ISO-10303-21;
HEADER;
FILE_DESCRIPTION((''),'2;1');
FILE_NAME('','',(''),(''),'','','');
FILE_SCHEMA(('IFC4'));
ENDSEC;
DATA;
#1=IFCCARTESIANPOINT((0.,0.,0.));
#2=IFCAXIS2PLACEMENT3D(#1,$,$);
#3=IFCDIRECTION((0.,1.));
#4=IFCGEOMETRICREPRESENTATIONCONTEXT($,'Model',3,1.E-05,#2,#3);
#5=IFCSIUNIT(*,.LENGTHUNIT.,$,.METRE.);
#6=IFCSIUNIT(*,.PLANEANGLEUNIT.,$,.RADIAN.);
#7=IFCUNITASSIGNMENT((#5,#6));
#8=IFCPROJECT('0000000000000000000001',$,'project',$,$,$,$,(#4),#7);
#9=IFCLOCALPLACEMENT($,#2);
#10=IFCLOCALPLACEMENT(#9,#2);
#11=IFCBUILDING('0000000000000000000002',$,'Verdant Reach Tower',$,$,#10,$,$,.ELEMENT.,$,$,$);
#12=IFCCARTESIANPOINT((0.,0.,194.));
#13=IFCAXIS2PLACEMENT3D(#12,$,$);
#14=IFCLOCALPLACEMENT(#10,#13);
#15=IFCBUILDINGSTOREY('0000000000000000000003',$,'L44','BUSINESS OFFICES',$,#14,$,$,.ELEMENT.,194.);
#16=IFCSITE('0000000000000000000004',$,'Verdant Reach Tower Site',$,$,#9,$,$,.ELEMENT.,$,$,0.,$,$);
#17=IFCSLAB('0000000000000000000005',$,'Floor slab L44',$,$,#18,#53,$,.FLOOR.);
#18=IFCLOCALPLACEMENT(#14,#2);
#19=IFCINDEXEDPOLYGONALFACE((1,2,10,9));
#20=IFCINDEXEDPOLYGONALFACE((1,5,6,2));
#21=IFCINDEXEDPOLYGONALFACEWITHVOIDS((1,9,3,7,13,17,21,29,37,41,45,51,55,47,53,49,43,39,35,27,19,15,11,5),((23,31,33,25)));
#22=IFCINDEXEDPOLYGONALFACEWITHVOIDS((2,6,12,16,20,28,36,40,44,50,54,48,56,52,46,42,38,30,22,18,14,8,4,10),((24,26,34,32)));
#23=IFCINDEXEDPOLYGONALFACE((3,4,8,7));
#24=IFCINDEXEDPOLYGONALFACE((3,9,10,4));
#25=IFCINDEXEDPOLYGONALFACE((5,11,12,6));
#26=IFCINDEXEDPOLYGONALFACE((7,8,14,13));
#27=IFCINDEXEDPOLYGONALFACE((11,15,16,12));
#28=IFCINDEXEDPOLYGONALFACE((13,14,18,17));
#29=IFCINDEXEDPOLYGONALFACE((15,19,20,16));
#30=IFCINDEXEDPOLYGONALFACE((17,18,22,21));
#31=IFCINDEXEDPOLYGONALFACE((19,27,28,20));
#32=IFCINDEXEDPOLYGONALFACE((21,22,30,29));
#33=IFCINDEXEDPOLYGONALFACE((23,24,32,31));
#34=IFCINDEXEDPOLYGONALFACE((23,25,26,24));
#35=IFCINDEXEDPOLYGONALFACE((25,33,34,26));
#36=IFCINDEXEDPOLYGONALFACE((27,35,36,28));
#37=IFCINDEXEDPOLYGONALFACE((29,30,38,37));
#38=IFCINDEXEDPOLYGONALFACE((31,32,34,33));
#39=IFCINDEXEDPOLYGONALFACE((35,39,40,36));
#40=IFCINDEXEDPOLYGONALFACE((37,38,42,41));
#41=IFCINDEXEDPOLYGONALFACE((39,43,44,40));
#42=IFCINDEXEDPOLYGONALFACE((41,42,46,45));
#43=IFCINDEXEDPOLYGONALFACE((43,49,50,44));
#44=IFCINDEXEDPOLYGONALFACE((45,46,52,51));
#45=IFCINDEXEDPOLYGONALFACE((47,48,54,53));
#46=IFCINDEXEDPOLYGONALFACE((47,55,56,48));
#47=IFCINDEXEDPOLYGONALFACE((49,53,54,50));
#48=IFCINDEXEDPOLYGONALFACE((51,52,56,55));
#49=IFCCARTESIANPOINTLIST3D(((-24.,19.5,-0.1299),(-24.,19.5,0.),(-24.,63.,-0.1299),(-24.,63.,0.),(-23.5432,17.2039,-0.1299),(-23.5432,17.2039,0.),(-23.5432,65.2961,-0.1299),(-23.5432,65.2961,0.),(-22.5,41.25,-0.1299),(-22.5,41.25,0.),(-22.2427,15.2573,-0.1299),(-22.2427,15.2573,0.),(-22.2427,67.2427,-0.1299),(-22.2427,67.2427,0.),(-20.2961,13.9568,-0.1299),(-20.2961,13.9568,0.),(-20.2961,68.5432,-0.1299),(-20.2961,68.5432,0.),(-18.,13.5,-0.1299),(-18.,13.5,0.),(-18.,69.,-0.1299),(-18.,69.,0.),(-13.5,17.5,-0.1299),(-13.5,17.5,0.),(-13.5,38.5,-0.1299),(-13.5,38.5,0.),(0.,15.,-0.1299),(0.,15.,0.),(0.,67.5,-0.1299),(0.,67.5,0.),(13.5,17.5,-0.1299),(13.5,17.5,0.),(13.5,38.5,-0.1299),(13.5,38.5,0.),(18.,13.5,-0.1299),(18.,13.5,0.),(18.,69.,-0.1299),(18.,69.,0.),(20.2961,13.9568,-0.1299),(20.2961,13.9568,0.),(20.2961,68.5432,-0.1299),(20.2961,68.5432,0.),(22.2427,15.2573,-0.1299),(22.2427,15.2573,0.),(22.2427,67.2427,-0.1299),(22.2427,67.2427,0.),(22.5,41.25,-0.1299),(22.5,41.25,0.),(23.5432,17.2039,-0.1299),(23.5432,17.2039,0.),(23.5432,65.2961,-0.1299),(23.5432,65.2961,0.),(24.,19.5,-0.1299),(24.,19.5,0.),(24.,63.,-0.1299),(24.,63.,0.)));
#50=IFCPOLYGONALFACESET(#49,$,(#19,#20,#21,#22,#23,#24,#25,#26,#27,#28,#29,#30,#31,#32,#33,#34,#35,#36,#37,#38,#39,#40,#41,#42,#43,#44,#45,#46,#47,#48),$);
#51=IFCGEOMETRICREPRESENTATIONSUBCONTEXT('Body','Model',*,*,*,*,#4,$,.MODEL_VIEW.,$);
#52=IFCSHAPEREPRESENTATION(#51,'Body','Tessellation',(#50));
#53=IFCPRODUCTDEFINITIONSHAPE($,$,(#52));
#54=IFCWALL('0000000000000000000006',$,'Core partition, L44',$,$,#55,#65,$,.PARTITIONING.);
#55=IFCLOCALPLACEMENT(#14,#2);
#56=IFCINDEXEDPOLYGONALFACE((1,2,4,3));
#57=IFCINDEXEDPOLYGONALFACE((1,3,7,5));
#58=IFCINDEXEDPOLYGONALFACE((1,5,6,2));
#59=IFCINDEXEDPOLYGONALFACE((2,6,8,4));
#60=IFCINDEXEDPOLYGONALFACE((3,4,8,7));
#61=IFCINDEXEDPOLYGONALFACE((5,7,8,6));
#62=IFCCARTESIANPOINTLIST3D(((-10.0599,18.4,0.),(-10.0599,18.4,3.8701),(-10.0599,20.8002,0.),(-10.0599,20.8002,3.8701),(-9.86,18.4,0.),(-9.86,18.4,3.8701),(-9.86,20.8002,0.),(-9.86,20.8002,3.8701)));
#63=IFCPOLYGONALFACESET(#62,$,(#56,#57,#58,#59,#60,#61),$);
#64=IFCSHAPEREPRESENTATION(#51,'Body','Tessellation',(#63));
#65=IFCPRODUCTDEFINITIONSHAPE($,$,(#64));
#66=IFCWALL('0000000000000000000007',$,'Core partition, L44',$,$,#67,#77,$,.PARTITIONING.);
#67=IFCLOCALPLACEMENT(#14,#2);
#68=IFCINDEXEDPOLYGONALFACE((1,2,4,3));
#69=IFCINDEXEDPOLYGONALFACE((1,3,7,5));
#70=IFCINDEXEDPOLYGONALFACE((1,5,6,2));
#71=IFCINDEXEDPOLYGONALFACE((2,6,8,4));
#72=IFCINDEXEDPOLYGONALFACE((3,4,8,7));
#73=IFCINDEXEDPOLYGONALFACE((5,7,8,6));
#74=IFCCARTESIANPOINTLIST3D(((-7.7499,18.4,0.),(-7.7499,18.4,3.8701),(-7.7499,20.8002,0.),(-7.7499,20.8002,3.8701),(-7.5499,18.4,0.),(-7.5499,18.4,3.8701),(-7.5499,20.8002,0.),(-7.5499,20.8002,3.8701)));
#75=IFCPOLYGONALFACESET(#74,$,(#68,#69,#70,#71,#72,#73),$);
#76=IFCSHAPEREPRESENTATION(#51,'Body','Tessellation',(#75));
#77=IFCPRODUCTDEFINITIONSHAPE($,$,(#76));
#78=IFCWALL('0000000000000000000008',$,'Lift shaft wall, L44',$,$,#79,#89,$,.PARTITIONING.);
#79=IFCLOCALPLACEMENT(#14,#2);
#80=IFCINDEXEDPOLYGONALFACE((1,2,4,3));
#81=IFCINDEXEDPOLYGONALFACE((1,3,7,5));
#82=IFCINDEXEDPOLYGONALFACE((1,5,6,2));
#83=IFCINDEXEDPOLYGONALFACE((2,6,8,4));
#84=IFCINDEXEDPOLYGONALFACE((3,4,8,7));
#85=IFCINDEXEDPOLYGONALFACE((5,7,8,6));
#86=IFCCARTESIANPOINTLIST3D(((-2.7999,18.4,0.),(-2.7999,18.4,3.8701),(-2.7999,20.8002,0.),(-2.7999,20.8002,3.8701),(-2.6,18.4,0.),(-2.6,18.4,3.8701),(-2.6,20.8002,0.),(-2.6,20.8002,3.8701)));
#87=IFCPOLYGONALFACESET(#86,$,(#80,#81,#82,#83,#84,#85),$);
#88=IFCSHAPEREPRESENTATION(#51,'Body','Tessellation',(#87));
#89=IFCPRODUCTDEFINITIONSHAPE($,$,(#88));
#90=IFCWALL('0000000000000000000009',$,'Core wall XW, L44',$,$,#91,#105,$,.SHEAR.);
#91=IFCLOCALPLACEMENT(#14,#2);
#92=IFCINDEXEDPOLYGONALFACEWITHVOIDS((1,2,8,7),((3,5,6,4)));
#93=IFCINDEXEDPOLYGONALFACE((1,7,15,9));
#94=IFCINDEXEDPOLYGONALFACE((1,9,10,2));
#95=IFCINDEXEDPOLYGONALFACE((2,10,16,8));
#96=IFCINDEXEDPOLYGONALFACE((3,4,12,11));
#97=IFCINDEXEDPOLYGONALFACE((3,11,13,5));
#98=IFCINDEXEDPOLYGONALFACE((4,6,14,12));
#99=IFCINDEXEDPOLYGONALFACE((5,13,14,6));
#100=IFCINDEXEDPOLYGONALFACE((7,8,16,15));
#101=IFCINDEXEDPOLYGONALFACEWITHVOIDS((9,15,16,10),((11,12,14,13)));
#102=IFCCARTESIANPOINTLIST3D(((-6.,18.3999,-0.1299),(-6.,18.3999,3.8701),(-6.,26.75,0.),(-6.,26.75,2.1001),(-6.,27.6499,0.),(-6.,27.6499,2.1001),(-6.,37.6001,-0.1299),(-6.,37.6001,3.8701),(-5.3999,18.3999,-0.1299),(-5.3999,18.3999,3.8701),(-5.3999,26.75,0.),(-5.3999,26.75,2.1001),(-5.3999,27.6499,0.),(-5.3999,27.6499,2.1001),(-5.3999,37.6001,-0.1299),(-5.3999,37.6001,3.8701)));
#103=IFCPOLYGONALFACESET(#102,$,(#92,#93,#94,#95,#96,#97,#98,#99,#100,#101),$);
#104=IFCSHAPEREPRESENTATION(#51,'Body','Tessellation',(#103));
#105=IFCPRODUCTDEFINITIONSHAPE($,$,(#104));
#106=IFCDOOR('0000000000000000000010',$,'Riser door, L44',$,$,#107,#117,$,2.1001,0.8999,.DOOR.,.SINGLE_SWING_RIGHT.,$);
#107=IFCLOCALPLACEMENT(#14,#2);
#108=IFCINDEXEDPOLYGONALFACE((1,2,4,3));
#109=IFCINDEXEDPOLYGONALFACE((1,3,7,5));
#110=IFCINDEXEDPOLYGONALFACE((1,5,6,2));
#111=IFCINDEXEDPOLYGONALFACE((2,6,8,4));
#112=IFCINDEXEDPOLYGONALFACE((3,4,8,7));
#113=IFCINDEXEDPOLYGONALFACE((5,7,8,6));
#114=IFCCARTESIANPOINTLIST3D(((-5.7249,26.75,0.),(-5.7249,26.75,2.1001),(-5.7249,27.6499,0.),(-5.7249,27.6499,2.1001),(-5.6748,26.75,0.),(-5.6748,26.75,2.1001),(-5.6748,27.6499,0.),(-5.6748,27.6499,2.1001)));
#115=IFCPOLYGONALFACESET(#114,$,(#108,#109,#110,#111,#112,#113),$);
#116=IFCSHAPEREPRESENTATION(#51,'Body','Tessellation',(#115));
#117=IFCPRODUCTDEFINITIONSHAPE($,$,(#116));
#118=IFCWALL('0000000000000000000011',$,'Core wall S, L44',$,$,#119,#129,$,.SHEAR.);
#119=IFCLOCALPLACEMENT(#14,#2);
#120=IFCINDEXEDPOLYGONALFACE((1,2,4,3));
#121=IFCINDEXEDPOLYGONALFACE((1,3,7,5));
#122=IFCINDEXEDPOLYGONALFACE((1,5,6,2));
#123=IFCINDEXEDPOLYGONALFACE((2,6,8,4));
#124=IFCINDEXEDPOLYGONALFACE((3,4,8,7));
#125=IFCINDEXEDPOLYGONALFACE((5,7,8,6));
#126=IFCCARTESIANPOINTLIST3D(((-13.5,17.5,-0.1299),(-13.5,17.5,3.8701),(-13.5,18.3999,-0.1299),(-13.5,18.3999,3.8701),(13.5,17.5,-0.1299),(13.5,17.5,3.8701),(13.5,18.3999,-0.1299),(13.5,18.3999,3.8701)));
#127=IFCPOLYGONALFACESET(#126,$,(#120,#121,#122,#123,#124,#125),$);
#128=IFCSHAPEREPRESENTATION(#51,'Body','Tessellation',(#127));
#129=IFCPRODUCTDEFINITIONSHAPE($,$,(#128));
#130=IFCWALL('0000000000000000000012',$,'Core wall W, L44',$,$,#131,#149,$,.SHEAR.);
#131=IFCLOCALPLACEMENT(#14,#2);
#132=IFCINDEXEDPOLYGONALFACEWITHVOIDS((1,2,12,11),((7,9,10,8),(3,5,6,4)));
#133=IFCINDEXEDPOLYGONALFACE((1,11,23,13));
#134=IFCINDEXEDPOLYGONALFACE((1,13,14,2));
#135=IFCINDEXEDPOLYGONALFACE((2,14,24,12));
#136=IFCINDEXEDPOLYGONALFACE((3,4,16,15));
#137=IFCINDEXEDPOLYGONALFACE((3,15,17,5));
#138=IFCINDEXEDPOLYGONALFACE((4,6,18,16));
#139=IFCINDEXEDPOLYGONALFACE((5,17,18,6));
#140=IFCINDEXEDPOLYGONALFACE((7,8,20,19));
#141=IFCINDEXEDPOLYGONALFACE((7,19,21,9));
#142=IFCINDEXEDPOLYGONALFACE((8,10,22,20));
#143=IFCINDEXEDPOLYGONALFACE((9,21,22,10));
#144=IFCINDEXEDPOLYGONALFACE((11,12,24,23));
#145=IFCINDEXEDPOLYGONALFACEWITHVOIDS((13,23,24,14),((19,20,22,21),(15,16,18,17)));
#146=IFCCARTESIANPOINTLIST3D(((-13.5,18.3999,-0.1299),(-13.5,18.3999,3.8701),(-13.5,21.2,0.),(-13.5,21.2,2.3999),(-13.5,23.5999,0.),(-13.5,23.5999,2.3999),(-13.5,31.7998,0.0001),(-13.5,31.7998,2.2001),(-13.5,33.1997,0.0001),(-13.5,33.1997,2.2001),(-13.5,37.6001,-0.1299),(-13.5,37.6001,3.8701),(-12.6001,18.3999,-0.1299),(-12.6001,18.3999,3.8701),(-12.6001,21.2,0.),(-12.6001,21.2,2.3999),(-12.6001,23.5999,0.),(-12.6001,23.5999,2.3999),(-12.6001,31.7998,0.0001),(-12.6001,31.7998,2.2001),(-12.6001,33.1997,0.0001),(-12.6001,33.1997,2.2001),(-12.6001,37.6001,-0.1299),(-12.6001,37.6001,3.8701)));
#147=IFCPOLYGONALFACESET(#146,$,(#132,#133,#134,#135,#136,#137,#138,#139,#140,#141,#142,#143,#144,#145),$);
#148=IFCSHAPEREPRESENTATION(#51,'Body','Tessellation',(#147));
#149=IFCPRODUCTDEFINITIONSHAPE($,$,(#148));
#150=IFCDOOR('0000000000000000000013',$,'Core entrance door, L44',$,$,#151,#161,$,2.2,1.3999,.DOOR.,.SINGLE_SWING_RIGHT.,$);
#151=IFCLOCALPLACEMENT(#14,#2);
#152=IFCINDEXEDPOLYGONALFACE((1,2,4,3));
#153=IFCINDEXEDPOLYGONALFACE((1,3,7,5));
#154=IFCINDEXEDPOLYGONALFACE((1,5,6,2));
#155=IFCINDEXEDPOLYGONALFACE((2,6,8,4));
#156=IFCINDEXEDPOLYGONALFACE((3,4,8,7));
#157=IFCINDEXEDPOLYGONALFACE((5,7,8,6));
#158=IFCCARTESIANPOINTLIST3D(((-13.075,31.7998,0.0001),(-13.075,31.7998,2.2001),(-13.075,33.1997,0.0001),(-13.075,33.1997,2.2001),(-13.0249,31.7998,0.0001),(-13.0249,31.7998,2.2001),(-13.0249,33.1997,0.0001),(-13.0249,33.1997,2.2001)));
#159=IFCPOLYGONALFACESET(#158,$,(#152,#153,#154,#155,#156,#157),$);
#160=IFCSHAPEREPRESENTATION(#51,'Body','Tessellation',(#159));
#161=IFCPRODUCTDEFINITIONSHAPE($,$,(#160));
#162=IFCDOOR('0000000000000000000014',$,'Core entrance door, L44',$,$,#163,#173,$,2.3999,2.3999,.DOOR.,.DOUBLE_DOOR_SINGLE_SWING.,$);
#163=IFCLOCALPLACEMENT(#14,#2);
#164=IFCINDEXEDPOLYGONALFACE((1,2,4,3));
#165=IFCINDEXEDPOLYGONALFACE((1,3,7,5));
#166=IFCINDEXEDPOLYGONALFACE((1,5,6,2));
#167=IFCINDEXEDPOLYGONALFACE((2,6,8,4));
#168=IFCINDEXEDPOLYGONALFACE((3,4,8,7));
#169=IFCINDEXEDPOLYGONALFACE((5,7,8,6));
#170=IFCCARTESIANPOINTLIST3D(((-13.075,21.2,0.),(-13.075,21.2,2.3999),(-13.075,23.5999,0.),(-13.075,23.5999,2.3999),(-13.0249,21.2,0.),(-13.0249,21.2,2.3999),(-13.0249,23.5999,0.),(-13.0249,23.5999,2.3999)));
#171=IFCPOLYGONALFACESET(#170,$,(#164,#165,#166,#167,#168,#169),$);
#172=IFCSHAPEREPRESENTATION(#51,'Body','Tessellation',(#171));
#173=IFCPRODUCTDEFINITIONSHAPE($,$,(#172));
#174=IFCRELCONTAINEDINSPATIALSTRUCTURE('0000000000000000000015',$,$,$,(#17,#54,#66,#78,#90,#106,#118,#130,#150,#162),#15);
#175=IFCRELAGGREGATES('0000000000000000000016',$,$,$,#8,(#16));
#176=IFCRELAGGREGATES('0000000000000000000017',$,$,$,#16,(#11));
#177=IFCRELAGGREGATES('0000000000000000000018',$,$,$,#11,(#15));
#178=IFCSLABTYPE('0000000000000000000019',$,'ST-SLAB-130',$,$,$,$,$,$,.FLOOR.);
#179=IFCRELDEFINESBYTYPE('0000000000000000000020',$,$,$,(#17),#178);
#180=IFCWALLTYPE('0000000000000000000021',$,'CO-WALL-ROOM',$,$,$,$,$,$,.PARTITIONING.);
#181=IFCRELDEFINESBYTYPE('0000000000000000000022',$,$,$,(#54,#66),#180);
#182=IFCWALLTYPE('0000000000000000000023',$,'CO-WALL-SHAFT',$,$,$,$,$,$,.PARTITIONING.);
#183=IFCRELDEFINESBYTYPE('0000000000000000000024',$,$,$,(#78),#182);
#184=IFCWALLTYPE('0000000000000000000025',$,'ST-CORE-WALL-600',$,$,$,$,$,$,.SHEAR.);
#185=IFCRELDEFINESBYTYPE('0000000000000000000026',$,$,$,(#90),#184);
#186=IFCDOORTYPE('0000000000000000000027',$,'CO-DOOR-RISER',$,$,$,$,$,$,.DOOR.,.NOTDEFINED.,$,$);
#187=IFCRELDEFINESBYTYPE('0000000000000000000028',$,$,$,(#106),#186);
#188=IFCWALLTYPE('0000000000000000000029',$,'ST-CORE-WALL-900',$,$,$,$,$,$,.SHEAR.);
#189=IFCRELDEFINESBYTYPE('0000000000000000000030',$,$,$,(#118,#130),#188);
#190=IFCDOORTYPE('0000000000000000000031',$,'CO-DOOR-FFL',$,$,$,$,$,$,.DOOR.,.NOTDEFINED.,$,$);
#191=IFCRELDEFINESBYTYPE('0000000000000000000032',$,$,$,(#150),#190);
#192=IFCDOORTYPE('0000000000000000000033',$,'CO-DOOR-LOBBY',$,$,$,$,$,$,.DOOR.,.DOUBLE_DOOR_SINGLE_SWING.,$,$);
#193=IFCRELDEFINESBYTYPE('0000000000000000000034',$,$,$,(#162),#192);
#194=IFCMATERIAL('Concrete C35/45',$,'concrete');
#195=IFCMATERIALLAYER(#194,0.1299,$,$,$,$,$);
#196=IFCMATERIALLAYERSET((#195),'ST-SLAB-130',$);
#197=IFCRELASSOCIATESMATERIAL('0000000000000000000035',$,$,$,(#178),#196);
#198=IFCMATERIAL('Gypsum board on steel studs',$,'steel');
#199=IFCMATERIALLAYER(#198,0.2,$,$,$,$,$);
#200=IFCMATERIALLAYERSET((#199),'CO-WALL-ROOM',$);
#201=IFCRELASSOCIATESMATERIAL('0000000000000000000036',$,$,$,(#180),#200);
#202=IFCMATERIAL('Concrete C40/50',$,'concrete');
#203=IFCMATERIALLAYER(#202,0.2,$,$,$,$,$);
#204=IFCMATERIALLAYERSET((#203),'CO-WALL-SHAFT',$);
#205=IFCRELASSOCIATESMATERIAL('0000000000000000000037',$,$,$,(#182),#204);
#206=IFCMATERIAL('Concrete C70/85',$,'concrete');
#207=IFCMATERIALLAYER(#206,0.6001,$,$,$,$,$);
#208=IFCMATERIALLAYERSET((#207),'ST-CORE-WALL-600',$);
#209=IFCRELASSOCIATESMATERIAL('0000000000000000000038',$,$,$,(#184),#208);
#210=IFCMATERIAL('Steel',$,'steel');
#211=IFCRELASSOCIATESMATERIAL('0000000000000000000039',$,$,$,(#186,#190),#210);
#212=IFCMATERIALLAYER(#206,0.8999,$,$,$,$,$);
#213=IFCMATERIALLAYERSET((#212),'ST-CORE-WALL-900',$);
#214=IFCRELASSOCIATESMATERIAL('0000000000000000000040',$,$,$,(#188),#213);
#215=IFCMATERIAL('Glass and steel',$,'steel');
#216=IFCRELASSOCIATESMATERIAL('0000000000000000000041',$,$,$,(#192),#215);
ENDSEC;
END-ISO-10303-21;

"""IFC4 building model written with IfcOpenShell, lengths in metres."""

from ifc_helpers import new_model, si_unit, direction, frame, frame_2d, origin, place, context, subcontext, project, spatial, polyline, rectangle, outline, extrude, material, layer, layer_set, type_object, element, fill, save


model = new_model("IFC4")

# Units and contexts
model_context = context("Model", 3, precision=1e-05, world=origin(), true_north=direction((0.0, 1.0)))
body_context = subcontext(model_context, "Body", "Model", "MODEL_VIEW")
ifc_project = project(units=[si_unit("LENGTHUNIT", "METRE"), si_unit("PLANEANGLEUNIT", "RADIAN")], contexts=[model_context])

# Site, building, storey
site_placement = place(None, origin())
site = spatial("IfcSite", under=ifc_project, at=site_placement, Name="Verdant Reach Tower Site", CompositionType="ELEMENT", RefElevation=0.0)
building_placement = place(site_placement, origin())
building = spatial("IfcBuilding", under=site, at=building_placement, Name="Verdant Reach Tower", CompositionType="ELEMENT")
storey_placement = place(building_placement, frame((0.0, 0.0, 194.0)))
storey = spatial("IfcBuildingStorey", under=building, at=storey_placement, Name="L44", Description="BUSINESS OFFICES", CompositionType="ELEMENT", Elevation=194.0)

# Slab
ifc_material_1 = material(Name="Concrete C35/45", Category="concrete")
ifc_layer_1 = layer(ifc_material_1, 0.1299)
ifc_layer_set_1 = layer_set([ifc_layer_1], Name="ST-SLAB-130")
slab_type = type_object("IfcSlabType", Name="ST-SLAB-130", PredefinedType="FLOOR", material=ifc_layer_set_1)
slab_placement = place(storey_placement, frame((0.0, 0.0, -0.1299)))
element("IfcSlab", 1, at=slab_placement, inside=storey, type_object=slab_type, Name="Floor slab L44", PredefinedType="FLOOR", context=body_context, shape_type="SweptSolid", body=[
    extrude(outline(polyline([(0.0, 15.0), (-18.0, 13.5), (-20.2961, 13.9568), (-22.2427, 15.2573), (-23.5432, 17.2039), (-24.0, 19.5), (-22.5, 41.25), (-24.0, 63.0), (-23.5432, 65.2961), (-22.2427, 67.2427), (-20.2961, 68.5432), (-18.0, 69.0), (0.0, 67.5), (18.0, 69.0), (20.2961, 68.5432), (22.2427, 67.2427), (23.5432, 65.2961), (24.0, 63.0), (22.5, 41.25), (24.0, 19.5), (23.5432, 17.2039), (22.2427, 15.2573), (20.2961, 13.9568), (18.0, 13.5), (0.0, 15.0)]), holes=[polyline([(13.5, 38.5), (-13.5, 38.5), (-13.5, 17.5), (13.5, 17.5), (13.5, 38.5)])]), origin(), (0.0, 0.0, 1.0), 0.1299),
])

# Walls
ifc_material_2 = material(Name="Gypsum board on steel studs", Category="steel")
ifc_layer_2 = layer(ifc_material_2, 0.2)
ifc_layer_set_2 = layer_set([ifc_layer_2], Name="CO-WALL-ROOM")
wall_type_1 = type_object("IfcWallType", Name="CO-WALL-ROOM", PredefinedType="PARTITIONING", material=ifc_layer_set_2)
for number, where, z_axis, x_axis, name in (
    (2, (-9.96, 18.3999, 0.0), (0.0, 0.0, 1.0), (0.0, 1.0, 0.0), "Core partition, L44"),
    (3, (-7.6499, 18.3999, 0.0), (0.0, 0.0, 1.0), (0.0, 1.0, 0.0), "Core partition, L44"),
):
    element("IfcWall", number, at=place(storey_placement, frame(where, z_axis=z_axis, x_axis=x_axis)), inside=storey, type_object=wall_type_1, Name=name, PredefinedType="PARTITIONING", context=body_context, shape_type="SweptSolid", body=[
        extrude(rectangle(XDim=2.4001, YDim=0.2, at=frame_2d((1.2002, 0.0))), origin(), (0.0, 0.0, 1.0), 3.8701),
    ])
ifc_material_3 = material(Name="Concrete C40/50", Category="concrete")
ifc_layer_3 = layer(ifc_material_3, 0.2)
ifc_layer_set_3 = layer_set([ifc_layer_3], Name="CO-WALL-SHAFT")
wall_type_2 = type_object("IfcWallType", Name="CO-WALL-SHAFT", PredefinedType="PARTITIONING", material=ifc_layer_set_3)
wall_1_placement = place(storey_placement, frame((-2.7, 18.3999, 0.0), z_axis=(0.0, 0.0, 1.0), x_axis=(0.0, 1.0, 0.0)))
element("IfcWall", 4, at=wall_1_placement, inside=storey, type_object=wall_type_2, Name="Lift shaft wall, L44", PredefinedType="PARTITIONING", context=body_context, shape_type="SweptSolid", body=[
    extrude(rectangle(XDim=2.4001, YDim=0.2, at=frame_2d((1.2002, 0.0))), origin(), (0.0, 0.0, 1.0), 3.8701),
])

# Wall, opening, door
ifc_material_4 = material(Name="Concrete C70/85", Category="concrete")
ifc_layer_4 = layer(ifc_material_4, 0.6001)
ifc_layer_set_4 = layer_set([ifc_layer_4], Name="ST-CORE-WALL-600")
wall_type_3 = type_object("IfcWallType", Name="ST-CORE-WALL-600", PredefinedType="SHEAR", material=ifc_layer_set_4)
wall_2_placement = place(storey_placement, frame((-5.7, 18.3999, -0.1299), z_axis=(0.0, 0.0, 1.0), x_axis=(0.0, 1.0, 0.0)))
wall_2 = element("IfcWall", 5, at=wall_2_placement, inside=storey, type_object=wall_type_3, Name="Core wall XW, L44", PredefinedType="SHEAR", context=body_context, shape_type="SweptSolid", body=[
    extrude(rectangle(XDim=19.2002, YDim=0.6001, at=frame_2d((9.6001, 0.0))), origin(), (0.0, 0.0, 1.0), 4.0),
])
opening_1_placement = place(wall_2_placement, frame((8.3501, 0.0, 0.1299)))
opening_1 = element("IfcOpeningElement", 6, at=opening_1_placement, cuts=wall_2, PredefinedType="OPENING", context=body_context, shape_type="SweptSolid", body=[
    extrude(rectangle(XDim=0.8999, YDim=2.1001, at=frame_2d((0.45, 1.05))), frame((0.0, 0.3101, 0.0), z_axis=(0.0, -1.0, 0.0), x_axis=(1.0, 0.0, 0.0)), (0.0, 0.0, 1.0), 0.6201),
])
ifc_material_5 = material(Name="Steel", Category="steel")
door_type_1 = type_object("IfcDoorType", Name="CO-DOOR-RISER", OperationType="NOTDEFINED", PredefinedType="DOOR", material=ifc_material_5)
door_1_placement = place(opening_1_placement, origin())
door_1 = element("IfcDoor", 7, at=door_1_placement, inside=storey, type_object=door_type_1, Name="Riser door, L44", OperationType="SINGLE_SWING_RIGHT", OverallHeight=2.1001, OverallWidth=0.8999, PredefinedType="DOOR", context=body_context, shape_type="SweptSolid", body=[
    extrude(rectangle(XDim=0.8999, YDim=2.1001, at=frame_2d((0.45, 1.05))), frame((0.0, 0.0249, 0.0), z_axis=(0.0, -1.0, 0.0), x_axis=(1.0, 0.0, 0.0)), (0.0, 0.0, 1.0), 0.05),
])
fill(opening_1, door_1)

# Wall
ifc_layer_5 = layer(ifc_material_4, 0.8999)
ifc_layer_set_5 = layer_set([ifc_layer_5], Name="ST-CORE-WALL-900")
wall_type_4 = type_object("IfcWallType", Name="ST-CORE-WALL-900", PredefinedType="SHEAR", material=ifc_layer_set_5)
wall_3_placement = place(storey_placement, frame((-13.5, 17.95, -0.1299), z_axis=(0.0, 0.0, 1.0), x_axis=(1.0, 0.0, 0.0)))
element("IfcWall", 8, at=wall_3_placement, inside=storey, type_object=wall_type_4, Name="Core wall S, L44", PredefinedType="SHEAR", context=body_context, shape_type="SweptSolid", body=[
    extrude(rectangle(XDim=27.0, YDim=0.8999, at=frame_2d((13.5, 0.0))), origin(), (0.0, 0.0, 1.0), 4.0),
])

# Wall, openings, doors
wall_4_placement = place(storey_placement, frame((-13.05, 18.3999, -0.1299), z_axis=(0.0, 0.0, 1.0), x_axis=(0.0, 1.0, 0.0)))
wall_4 = element("IfcWall", 9, at=wall_4_placement, inside=storey, type_object=wall_type_4, Name="Core wall W, L44", PredefinedType="SHEAR", context=body_context, shape_type="SweptSolid", body=[
    extrude(rectangle(XDim=19.2002, YDim=0.8999, at=frame_2d((9.6001, 0.0))), origin(), (0.0, 0.0, 1.0), 4.0),
])
opening_2_placement = place(wall_4_placement, frame((2.8, 0.0, 0.1299)))
opening_2 = element("IfcOpeningElement", 10, at=opening_2_placement, cuts=wall_4, PredefinedType="OPENING", context=body_context, shape_type="SweptSolid", body=[
    extrude(rectangle(XDim=2.3999, YDim=2.3999, at=frame_2d((1.2, 1.2))), frame((0.0, 0.46, 0.0), z_axis=(0.0, -1.0, 0.0), x_axis=(1.0, 0.0, 0.0)), (0.0, 0.0, 1.0), 0.9199),
])
opening_3_placement = place(wall_4_placement, frame((13.3999, 0.0, 0.1299)))
opening_3 = element("IfcOpeningElement", 11, at=opening_3_placement, cuts=wall_4, PredefinedType="OPENING", context=body_context, shape_type="SweptSolid", body=[
    extrude(rectangle(XDim=1.3999, YDim=2.2, at=frame_2d((0.7, 1.1001))), frame((0.0, 0.46, 0.0), z_axis=(0.0, -1.0, 0.0), x_axis=(1.0, 0.0, 0.0)), (0.0, 0.0, 1.0), 0.9199),
])
door_type_2 = type_object("IfcDoorType", Name="CO-DOOR-FFL", OperationType="NOTDEFINED", PredefinedType="DOOR", material=ifc_material_5)
door_2_placement = place(opening_3_placement, origin())
door_2 = element("IfcDoor", 12, at=door_2_placement, inside=storey, type_object=door_type_2, Name="Core entrance door, L44", OperationType="SINGLE_SWING_RIGHT", OverallHeight=2.2, OverallWidth=1.3999, PredefinedType="DOOR", context=body_context, shape_type="SweptSolid", body=[
    extrude(rectangle(XDim=1.3999, YDim=2.2, at=frame_2d((0.7, 1.1001))), frame((0.0, 0.0249, 0.0), z_axis=(0.0, -1.0, 0.0), x_axis=(1.0, 0.0, 0.0)), (0.0, 0.0, 1.0), 0.05),
])
fill(opening_3, door_2)
ifc_material_6 = material(Name="Glass and steel", Category="steel")
door_type_3 = type_object("IfcDoorType", Name="CO-DOOR-LOBBY", OperationType="DOUBLE_DOOR_SINGLE_SWING", PredefinedType="DOOR", material=ifc_material_6)
door_3_placement = place(opening_2_placement, origin())
door_3 = element("IfcDoor", 13, at=door_3_placement, inside=storey, type_object=door_type_3, Name="Core entrance door, L44", OperationType="DOUBLE_DOOR_SINGLE_SWING", OverallHeight=2.3999, OverallWidth=2.3999, PredefinedType="DOOR", context=body_context, shape_type="SweptSolid", body=[
    extrude(rectangle(XDim=2.3999, YDim=2.3999, at=frame_2d((1.2, 1.2))), frame((0.0, 0.0249, 0.0), z_axis=(0.0, -1.0, 0.0), x_axis=(1.0, 0.0, 0.0)), (0.0, 0.0, 1.0), 0.05),
])
fill(opening_2, door_3)

save(model, "model.ifc")
